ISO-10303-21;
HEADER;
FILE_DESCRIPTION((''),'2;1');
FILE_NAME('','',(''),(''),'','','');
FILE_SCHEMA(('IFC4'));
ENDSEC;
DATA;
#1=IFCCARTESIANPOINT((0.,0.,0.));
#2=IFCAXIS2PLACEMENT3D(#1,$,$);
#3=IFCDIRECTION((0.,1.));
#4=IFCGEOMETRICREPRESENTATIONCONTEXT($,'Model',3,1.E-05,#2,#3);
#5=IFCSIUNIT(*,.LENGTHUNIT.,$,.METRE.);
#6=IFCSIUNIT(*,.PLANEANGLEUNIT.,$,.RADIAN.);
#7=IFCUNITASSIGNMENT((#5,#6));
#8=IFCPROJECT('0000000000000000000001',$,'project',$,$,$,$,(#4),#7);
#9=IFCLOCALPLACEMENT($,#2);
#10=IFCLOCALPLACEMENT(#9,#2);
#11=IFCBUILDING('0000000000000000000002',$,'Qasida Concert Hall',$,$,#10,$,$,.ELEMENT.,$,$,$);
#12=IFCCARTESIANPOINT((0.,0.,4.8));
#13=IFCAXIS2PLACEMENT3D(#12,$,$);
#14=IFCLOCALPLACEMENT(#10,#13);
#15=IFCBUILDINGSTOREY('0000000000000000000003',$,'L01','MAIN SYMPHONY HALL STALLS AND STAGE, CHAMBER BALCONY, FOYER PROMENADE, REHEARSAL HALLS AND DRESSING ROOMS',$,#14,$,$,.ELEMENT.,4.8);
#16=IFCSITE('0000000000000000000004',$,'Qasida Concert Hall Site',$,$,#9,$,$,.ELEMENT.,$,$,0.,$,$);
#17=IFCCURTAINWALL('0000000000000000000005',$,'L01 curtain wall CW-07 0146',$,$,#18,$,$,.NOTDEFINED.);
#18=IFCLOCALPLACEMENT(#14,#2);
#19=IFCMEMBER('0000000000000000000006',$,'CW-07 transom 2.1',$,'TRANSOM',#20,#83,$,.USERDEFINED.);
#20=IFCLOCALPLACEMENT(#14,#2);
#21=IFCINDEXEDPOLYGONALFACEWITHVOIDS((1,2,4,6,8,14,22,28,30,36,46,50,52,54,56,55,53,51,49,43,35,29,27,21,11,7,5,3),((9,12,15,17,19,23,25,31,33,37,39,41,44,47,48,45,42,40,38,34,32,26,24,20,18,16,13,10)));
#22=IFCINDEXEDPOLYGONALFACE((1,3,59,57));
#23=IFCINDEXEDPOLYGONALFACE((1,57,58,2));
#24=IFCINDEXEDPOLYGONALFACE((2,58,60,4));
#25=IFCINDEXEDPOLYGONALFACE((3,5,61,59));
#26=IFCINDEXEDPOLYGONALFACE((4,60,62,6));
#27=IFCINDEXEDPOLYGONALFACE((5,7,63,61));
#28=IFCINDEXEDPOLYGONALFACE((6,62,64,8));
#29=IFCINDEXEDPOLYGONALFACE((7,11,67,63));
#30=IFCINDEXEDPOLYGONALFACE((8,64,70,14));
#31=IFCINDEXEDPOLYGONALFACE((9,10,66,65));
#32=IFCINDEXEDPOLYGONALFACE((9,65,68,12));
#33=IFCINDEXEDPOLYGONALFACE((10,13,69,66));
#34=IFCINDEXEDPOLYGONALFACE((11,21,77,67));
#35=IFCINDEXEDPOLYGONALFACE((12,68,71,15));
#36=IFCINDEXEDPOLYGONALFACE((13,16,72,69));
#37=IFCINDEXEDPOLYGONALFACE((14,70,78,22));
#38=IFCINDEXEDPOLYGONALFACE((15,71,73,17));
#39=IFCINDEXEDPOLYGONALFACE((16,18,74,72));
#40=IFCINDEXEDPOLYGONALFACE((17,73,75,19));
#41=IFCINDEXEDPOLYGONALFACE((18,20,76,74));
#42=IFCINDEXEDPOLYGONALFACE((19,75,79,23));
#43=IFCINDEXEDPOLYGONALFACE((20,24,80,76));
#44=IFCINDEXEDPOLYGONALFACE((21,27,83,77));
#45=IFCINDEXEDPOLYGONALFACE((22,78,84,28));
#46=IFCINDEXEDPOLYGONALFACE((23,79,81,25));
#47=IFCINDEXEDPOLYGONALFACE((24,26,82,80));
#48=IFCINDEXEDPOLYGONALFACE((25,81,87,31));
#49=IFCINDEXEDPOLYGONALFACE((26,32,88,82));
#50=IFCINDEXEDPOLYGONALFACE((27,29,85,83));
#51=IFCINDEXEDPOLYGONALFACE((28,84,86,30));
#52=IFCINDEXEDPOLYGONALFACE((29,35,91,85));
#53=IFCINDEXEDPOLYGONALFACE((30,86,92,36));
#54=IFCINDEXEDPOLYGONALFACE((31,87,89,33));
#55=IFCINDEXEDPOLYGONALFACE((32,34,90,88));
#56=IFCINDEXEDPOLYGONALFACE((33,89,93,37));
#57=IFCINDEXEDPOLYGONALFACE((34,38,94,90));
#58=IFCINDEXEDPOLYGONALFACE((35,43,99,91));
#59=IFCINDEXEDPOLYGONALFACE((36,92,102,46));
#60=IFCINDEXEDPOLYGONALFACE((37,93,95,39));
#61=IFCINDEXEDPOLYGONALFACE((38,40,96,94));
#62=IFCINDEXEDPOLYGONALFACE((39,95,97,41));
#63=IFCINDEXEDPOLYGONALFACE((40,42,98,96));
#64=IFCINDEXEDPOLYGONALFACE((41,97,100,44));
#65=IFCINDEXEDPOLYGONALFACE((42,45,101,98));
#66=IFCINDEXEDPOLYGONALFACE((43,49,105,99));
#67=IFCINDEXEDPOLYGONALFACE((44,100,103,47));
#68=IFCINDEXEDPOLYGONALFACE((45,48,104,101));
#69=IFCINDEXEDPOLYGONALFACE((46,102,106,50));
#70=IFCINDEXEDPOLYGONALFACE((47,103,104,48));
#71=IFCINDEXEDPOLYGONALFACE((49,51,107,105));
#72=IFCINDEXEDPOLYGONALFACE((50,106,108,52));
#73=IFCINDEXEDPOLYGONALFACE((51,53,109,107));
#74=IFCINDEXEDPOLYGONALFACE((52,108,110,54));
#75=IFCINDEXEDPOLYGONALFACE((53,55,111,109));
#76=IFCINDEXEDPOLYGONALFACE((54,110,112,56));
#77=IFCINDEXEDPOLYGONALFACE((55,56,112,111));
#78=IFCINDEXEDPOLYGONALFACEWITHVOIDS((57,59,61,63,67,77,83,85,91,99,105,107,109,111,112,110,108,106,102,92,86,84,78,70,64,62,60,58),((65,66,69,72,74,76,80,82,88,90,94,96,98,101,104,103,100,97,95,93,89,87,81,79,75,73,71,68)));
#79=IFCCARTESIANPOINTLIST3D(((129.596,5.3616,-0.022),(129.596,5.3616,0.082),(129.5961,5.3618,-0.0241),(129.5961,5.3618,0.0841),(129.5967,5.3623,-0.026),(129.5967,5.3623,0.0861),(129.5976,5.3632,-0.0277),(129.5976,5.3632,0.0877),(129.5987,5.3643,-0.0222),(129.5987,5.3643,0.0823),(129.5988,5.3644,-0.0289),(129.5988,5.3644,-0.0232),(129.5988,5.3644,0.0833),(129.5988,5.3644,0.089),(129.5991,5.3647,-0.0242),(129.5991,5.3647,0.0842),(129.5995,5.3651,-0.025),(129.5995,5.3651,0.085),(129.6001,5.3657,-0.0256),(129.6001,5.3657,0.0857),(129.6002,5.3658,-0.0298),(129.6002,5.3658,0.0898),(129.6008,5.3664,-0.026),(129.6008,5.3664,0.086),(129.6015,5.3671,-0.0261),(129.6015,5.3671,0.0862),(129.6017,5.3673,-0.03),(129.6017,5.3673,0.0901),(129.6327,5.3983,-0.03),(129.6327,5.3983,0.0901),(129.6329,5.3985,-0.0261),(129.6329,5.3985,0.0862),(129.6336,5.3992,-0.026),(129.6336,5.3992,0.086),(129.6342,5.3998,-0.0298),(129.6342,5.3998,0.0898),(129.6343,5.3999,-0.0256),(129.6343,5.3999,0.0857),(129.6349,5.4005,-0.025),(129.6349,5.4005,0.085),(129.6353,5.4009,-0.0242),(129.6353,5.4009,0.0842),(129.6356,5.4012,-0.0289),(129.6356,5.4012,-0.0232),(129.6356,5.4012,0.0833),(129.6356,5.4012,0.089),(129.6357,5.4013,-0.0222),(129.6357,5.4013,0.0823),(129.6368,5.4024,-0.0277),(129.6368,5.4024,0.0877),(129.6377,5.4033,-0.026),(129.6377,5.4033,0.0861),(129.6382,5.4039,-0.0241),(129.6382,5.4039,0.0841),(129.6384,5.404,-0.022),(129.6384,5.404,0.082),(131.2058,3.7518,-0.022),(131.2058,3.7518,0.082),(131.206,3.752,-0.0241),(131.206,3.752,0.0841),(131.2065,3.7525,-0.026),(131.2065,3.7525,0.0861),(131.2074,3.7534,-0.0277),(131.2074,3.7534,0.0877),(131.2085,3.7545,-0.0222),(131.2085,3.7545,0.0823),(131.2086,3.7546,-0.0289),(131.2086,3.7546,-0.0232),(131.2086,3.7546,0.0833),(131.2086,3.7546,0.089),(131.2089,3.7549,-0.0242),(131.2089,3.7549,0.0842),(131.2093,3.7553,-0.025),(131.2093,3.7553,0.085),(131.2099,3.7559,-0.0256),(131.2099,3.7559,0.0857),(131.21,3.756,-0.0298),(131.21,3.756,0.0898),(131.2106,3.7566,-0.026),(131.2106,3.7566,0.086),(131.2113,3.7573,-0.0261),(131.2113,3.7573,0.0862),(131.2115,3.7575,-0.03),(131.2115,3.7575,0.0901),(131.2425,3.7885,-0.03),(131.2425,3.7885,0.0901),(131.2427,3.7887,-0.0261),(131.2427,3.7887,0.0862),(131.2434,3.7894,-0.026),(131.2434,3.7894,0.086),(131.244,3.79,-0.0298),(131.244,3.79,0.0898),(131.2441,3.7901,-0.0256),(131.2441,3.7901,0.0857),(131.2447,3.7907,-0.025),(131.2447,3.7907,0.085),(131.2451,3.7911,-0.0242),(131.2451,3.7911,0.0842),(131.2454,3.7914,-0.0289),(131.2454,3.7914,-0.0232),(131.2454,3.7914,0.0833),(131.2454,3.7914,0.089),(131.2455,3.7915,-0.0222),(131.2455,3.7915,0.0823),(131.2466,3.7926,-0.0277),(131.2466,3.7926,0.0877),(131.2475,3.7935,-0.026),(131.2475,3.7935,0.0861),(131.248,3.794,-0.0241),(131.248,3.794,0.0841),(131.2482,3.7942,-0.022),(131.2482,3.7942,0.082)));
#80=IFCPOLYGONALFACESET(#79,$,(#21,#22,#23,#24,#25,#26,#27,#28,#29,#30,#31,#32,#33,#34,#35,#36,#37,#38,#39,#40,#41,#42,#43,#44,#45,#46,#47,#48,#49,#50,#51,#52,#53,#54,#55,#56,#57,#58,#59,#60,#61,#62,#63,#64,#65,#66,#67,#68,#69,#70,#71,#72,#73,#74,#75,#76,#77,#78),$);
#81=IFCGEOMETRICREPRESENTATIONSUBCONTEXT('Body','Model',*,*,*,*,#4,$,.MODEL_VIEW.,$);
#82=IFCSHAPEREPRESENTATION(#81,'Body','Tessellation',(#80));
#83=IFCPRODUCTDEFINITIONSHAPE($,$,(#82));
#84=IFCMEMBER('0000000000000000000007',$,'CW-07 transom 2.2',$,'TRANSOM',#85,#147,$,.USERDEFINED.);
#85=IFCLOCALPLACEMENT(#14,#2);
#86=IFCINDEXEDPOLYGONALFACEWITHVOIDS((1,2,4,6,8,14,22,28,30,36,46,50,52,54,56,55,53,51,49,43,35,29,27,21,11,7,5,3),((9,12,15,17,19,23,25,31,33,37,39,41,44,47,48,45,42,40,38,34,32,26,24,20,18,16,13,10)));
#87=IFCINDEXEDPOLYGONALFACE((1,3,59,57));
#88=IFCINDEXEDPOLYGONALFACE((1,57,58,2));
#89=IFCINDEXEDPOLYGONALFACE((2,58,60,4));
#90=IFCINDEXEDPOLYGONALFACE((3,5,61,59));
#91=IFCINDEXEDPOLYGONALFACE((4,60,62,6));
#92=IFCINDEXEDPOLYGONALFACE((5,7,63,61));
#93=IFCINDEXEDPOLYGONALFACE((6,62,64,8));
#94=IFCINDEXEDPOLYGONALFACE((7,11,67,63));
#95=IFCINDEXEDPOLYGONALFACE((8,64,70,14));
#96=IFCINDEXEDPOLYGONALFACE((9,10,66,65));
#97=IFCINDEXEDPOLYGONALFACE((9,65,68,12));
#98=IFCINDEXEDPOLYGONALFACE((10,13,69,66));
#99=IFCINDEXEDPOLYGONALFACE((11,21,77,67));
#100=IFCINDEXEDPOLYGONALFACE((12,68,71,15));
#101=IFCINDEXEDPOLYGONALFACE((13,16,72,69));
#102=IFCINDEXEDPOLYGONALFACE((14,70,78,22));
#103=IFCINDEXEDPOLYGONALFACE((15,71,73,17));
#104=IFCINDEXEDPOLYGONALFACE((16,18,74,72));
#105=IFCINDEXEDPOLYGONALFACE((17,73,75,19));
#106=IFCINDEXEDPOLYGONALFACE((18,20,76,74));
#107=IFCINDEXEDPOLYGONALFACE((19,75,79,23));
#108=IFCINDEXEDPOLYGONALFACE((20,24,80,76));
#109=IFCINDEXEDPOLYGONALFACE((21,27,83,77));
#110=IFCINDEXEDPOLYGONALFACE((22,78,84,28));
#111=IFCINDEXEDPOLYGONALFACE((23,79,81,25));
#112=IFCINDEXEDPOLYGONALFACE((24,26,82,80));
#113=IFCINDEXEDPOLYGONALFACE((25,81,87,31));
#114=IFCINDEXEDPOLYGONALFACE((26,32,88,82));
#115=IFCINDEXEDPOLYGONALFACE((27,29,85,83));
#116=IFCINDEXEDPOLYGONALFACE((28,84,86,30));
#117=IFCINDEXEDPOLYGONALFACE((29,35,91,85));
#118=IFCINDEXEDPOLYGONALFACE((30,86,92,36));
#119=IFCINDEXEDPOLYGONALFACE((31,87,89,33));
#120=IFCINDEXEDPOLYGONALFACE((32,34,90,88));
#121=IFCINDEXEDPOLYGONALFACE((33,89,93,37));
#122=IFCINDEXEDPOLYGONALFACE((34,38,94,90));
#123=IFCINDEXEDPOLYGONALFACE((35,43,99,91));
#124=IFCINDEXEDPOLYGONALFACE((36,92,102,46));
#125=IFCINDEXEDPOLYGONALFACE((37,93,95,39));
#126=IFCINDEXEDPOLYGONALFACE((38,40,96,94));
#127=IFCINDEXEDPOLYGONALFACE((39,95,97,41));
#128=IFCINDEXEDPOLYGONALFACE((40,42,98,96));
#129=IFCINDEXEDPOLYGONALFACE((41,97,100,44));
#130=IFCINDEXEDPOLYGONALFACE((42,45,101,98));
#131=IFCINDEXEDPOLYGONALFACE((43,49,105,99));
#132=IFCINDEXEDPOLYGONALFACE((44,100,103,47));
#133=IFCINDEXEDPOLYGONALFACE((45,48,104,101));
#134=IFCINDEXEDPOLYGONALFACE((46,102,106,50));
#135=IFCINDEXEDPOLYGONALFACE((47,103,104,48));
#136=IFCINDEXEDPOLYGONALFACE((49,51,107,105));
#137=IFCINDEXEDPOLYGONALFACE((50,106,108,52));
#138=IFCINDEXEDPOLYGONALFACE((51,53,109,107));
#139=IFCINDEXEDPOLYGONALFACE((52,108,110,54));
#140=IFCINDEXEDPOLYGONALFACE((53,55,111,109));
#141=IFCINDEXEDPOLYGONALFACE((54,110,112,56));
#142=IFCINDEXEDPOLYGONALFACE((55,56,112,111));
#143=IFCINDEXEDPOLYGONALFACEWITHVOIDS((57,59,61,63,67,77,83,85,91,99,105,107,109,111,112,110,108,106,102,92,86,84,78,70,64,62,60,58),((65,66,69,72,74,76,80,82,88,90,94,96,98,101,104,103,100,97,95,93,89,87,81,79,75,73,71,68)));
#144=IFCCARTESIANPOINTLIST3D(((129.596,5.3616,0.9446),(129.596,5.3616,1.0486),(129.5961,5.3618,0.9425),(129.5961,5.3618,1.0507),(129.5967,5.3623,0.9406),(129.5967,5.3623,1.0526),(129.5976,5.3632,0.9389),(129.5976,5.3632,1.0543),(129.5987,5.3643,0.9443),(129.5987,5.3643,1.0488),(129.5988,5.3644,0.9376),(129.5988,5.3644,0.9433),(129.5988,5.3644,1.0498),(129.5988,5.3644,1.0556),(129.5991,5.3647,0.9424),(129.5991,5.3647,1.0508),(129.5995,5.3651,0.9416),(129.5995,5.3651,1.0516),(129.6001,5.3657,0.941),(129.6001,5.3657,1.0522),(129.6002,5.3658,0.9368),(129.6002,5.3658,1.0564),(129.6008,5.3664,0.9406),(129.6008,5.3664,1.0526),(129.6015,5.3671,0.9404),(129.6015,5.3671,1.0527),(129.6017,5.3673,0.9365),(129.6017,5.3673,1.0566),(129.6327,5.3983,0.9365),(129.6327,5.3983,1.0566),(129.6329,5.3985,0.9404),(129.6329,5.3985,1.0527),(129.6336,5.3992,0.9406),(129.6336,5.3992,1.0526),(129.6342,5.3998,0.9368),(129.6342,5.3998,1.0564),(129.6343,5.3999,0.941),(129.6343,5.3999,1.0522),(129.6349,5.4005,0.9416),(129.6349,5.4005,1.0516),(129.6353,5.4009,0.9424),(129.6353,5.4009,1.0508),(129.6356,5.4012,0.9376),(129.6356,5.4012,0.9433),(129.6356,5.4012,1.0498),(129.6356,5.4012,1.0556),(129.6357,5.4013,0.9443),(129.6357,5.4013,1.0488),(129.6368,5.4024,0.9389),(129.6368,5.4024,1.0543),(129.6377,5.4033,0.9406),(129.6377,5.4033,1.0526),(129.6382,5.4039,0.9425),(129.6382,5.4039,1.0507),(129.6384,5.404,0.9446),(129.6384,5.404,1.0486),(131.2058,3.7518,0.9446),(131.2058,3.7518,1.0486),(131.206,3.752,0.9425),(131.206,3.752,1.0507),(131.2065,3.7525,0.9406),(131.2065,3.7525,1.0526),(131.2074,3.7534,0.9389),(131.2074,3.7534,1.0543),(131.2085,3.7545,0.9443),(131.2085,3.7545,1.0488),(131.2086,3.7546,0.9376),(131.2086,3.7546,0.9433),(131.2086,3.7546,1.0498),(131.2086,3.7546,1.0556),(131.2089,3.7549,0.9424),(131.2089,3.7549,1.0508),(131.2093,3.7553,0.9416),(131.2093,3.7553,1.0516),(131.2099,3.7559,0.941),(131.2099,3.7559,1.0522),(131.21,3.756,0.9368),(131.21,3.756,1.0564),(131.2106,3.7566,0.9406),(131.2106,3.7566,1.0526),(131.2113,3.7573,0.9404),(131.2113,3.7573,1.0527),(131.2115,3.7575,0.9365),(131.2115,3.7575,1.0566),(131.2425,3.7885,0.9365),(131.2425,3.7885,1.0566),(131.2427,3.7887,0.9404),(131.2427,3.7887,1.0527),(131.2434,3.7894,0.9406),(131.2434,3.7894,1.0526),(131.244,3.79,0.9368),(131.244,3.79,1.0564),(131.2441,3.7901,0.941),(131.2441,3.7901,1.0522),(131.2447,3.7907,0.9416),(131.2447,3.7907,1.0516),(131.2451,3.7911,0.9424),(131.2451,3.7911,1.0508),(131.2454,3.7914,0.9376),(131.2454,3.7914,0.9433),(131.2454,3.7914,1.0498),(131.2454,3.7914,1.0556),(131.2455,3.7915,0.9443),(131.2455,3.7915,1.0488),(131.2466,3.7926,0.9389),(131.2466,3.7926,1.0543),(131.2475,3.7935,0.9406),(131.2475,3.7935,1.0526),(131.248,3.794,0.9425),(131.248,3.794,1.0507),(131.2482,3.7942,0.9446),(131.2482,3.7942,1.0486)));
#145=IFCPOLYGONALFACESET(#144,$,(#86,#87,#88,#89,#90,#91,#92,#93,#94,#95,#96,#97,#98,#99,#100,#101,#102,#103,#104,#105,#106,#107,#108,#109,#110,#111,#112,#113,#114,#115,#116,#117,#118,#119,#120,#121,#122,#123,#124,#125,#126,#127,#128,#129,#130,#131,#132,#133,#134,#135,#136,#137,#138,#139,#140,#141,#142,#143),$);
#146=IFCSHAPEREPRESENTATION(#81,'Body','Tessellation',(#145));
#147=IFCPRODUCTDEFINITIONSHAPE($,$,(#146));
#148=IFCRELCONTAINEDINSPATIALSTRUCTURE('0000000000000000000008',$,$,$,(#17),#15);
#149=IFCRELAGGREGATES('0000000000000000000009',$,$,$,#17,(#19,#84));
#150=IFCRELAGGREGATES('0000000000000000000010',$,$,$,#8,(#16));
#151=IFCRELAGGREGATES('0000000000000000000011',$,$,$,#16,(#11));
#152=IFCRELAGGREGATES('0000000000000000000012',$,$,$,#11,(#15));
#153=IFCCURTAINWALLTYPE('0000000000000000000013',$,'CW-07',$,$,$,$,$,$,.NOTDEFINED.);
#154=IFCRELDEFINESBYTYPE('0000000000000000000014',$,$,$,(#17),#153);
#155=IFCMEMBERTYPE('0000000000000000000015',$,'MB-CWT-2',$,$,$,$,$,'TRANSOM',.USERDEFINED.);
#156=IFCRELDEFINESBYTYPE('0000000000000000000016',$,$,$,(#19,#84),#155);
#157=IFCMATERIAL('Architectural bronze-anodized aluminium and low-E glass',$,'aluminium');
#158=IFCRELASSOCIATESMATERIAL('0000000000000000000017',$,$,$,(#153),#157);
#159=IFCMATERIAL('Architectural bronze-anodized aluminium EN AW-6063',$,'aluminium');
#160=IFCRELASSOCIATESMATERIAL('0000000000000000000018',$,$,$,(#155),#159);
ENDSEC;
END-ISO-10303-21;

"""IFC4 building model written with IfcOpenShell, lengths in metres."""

from ifc_helpers import new_model, si_unit, direction, frame, origin, origin_2d, place, context, subcontext, project, spatial, hollow_rectangle, extrude, material, material_profile, profile_set, type_object, element, aggregate, save


model = new_model("IFC4")

# Units and contexts
model_context = context("Model", 3, precision=1e-05, world=origin(), true_north=direction((0.0, 1.0)))
body_context = subcontext(model_context, "Body", "Model", "MODEL_VIEW")
ifc_project = project(units=[si_unit("LENGTHUNIT", "METRE"), si_unit("PLANEANGLEUNIT", "RADIAN")], contexts=[model_context])

# Site, building, storey
site_placement = place(None, origin())
site = spatial("IfcSite", under=ifc_project, at=site_placement, Name="Qasida Concert Hall Site", CompositionType="ELEMENT", RefElevation=0.0)
building_placement = place(site_placement, origin())
building = spatial("IfcBuilding", under=site, at=building_placement, Name="Qasida Concert Hall", CompositionType="ELEMENT")
storey_placement = place(building_placement, frame((0.0, 0.0, 4.8)))
storey = spatial("IfcBuildingStorey", under=building, at=storey_placement, Name="L01", Description="MAIN SYMPHONY HALL STALLS AND STAGE, CHAMBER BALCONY, FOYER PROMENADE, REHEARSAL HALLS AND DRESSING ROOMS", CompositionType="ELEMENT", Elevation=4.8)

# Curtain wall, members
ifc_material_1 = material(Name="Architectural bronze-anodized aluminium and low-E glass", Category="aluminium")
curtain_wall_type = type_object("IfcCurtainWallType", Name="CW-07", PredefinedType="NOTDEFINED", material=ifc_material_1)
curtain_wall_placement = place(storey_placement, origin())
curtain_wall = element("IfcCurtainWall", 1, at=curtain_wall_placement, inside=storey, type_object=curtain_wall_type, Name="L01 curtain wall CW-07 0146", PredefinedType="NOTDEFINED")
ifc_material_2 = material(Name="Architectural bronze-anodized aluminium EN AW-6063", Category="aluminium")
ifc_material_profile_1 = material_profile(ifc_material_2, hollow_rectangle(XDim=0.0601, YDim=0.1201, WallThickness=0.0039, InnerFilletRadius=0.0039, OuterFilletRadius=0.0081, at=origin_2d()), Name="CWT 120x60x4")
ifc_profile_set_1 = profile_set([ifc_material_profile_1], Name="Architectural bronze-anodized aluminium EN AW-6063")
member_type_1 = type_object("IfcMemberType", Name="MB-CWT-2", ElementType="TRANSOM", PredefinedType="USERDEFINED", material=ifc_profile_set_1)
member_1_placement = place(storey_placement, frame((129.6172, 5.3828, 0.03), z_axis=(0.707107, -0.707107, 0.0), x_axis=(0.707107, 0.707107, 0.0)))
member_1 = element("IfcMember", 2, at=member_1_placement, type_object=member_type_1, Name="CW-07 transom 2.1", ObjectType="TRANSOM", PredefinedType="USERDEFINED", context=body_context, shape_type="SweptSolid", body=[
    extrude(hollow_rectangle(XDim=0.0601, YDim=0.1201, WallThickness=0.0039, InnerFilletRadius=0.0039, OuterFilletRadius=0.0081, at=origin_2d()), origin(), (0.0, 0.0, 1.0), 2.2766),
])
member_2_placement = place(storey_placement, frame((129.6172, 5.3828, 0.9966), z_axis=(0.707107, -0.707107, 0.0), x_axis=(0.707107, 0.707107, 0.0)))
member_2 = element("IfcMember", 3, at=member_2_placement, type_object=member_type_1, Name="CW-07 transom 2.2", ObjectType="TRANSOM", PredefinedType="USERDEFINED", context=body_context, shape_type="SweptSolid", body=[
    extrude(hollow_rectangle(XDim=0.0601, YDim=0.1201, WallThickness=0.0039, InnerFilletRadius=0.0039, OuterFilletRadius=0.0081, at=origin_2d()), origin(), (0.0, 0.0, 1.0), 2.2766),
])
aggregate(curtain_wall, [member_1, member_2])

save(model, "model.ifc")
